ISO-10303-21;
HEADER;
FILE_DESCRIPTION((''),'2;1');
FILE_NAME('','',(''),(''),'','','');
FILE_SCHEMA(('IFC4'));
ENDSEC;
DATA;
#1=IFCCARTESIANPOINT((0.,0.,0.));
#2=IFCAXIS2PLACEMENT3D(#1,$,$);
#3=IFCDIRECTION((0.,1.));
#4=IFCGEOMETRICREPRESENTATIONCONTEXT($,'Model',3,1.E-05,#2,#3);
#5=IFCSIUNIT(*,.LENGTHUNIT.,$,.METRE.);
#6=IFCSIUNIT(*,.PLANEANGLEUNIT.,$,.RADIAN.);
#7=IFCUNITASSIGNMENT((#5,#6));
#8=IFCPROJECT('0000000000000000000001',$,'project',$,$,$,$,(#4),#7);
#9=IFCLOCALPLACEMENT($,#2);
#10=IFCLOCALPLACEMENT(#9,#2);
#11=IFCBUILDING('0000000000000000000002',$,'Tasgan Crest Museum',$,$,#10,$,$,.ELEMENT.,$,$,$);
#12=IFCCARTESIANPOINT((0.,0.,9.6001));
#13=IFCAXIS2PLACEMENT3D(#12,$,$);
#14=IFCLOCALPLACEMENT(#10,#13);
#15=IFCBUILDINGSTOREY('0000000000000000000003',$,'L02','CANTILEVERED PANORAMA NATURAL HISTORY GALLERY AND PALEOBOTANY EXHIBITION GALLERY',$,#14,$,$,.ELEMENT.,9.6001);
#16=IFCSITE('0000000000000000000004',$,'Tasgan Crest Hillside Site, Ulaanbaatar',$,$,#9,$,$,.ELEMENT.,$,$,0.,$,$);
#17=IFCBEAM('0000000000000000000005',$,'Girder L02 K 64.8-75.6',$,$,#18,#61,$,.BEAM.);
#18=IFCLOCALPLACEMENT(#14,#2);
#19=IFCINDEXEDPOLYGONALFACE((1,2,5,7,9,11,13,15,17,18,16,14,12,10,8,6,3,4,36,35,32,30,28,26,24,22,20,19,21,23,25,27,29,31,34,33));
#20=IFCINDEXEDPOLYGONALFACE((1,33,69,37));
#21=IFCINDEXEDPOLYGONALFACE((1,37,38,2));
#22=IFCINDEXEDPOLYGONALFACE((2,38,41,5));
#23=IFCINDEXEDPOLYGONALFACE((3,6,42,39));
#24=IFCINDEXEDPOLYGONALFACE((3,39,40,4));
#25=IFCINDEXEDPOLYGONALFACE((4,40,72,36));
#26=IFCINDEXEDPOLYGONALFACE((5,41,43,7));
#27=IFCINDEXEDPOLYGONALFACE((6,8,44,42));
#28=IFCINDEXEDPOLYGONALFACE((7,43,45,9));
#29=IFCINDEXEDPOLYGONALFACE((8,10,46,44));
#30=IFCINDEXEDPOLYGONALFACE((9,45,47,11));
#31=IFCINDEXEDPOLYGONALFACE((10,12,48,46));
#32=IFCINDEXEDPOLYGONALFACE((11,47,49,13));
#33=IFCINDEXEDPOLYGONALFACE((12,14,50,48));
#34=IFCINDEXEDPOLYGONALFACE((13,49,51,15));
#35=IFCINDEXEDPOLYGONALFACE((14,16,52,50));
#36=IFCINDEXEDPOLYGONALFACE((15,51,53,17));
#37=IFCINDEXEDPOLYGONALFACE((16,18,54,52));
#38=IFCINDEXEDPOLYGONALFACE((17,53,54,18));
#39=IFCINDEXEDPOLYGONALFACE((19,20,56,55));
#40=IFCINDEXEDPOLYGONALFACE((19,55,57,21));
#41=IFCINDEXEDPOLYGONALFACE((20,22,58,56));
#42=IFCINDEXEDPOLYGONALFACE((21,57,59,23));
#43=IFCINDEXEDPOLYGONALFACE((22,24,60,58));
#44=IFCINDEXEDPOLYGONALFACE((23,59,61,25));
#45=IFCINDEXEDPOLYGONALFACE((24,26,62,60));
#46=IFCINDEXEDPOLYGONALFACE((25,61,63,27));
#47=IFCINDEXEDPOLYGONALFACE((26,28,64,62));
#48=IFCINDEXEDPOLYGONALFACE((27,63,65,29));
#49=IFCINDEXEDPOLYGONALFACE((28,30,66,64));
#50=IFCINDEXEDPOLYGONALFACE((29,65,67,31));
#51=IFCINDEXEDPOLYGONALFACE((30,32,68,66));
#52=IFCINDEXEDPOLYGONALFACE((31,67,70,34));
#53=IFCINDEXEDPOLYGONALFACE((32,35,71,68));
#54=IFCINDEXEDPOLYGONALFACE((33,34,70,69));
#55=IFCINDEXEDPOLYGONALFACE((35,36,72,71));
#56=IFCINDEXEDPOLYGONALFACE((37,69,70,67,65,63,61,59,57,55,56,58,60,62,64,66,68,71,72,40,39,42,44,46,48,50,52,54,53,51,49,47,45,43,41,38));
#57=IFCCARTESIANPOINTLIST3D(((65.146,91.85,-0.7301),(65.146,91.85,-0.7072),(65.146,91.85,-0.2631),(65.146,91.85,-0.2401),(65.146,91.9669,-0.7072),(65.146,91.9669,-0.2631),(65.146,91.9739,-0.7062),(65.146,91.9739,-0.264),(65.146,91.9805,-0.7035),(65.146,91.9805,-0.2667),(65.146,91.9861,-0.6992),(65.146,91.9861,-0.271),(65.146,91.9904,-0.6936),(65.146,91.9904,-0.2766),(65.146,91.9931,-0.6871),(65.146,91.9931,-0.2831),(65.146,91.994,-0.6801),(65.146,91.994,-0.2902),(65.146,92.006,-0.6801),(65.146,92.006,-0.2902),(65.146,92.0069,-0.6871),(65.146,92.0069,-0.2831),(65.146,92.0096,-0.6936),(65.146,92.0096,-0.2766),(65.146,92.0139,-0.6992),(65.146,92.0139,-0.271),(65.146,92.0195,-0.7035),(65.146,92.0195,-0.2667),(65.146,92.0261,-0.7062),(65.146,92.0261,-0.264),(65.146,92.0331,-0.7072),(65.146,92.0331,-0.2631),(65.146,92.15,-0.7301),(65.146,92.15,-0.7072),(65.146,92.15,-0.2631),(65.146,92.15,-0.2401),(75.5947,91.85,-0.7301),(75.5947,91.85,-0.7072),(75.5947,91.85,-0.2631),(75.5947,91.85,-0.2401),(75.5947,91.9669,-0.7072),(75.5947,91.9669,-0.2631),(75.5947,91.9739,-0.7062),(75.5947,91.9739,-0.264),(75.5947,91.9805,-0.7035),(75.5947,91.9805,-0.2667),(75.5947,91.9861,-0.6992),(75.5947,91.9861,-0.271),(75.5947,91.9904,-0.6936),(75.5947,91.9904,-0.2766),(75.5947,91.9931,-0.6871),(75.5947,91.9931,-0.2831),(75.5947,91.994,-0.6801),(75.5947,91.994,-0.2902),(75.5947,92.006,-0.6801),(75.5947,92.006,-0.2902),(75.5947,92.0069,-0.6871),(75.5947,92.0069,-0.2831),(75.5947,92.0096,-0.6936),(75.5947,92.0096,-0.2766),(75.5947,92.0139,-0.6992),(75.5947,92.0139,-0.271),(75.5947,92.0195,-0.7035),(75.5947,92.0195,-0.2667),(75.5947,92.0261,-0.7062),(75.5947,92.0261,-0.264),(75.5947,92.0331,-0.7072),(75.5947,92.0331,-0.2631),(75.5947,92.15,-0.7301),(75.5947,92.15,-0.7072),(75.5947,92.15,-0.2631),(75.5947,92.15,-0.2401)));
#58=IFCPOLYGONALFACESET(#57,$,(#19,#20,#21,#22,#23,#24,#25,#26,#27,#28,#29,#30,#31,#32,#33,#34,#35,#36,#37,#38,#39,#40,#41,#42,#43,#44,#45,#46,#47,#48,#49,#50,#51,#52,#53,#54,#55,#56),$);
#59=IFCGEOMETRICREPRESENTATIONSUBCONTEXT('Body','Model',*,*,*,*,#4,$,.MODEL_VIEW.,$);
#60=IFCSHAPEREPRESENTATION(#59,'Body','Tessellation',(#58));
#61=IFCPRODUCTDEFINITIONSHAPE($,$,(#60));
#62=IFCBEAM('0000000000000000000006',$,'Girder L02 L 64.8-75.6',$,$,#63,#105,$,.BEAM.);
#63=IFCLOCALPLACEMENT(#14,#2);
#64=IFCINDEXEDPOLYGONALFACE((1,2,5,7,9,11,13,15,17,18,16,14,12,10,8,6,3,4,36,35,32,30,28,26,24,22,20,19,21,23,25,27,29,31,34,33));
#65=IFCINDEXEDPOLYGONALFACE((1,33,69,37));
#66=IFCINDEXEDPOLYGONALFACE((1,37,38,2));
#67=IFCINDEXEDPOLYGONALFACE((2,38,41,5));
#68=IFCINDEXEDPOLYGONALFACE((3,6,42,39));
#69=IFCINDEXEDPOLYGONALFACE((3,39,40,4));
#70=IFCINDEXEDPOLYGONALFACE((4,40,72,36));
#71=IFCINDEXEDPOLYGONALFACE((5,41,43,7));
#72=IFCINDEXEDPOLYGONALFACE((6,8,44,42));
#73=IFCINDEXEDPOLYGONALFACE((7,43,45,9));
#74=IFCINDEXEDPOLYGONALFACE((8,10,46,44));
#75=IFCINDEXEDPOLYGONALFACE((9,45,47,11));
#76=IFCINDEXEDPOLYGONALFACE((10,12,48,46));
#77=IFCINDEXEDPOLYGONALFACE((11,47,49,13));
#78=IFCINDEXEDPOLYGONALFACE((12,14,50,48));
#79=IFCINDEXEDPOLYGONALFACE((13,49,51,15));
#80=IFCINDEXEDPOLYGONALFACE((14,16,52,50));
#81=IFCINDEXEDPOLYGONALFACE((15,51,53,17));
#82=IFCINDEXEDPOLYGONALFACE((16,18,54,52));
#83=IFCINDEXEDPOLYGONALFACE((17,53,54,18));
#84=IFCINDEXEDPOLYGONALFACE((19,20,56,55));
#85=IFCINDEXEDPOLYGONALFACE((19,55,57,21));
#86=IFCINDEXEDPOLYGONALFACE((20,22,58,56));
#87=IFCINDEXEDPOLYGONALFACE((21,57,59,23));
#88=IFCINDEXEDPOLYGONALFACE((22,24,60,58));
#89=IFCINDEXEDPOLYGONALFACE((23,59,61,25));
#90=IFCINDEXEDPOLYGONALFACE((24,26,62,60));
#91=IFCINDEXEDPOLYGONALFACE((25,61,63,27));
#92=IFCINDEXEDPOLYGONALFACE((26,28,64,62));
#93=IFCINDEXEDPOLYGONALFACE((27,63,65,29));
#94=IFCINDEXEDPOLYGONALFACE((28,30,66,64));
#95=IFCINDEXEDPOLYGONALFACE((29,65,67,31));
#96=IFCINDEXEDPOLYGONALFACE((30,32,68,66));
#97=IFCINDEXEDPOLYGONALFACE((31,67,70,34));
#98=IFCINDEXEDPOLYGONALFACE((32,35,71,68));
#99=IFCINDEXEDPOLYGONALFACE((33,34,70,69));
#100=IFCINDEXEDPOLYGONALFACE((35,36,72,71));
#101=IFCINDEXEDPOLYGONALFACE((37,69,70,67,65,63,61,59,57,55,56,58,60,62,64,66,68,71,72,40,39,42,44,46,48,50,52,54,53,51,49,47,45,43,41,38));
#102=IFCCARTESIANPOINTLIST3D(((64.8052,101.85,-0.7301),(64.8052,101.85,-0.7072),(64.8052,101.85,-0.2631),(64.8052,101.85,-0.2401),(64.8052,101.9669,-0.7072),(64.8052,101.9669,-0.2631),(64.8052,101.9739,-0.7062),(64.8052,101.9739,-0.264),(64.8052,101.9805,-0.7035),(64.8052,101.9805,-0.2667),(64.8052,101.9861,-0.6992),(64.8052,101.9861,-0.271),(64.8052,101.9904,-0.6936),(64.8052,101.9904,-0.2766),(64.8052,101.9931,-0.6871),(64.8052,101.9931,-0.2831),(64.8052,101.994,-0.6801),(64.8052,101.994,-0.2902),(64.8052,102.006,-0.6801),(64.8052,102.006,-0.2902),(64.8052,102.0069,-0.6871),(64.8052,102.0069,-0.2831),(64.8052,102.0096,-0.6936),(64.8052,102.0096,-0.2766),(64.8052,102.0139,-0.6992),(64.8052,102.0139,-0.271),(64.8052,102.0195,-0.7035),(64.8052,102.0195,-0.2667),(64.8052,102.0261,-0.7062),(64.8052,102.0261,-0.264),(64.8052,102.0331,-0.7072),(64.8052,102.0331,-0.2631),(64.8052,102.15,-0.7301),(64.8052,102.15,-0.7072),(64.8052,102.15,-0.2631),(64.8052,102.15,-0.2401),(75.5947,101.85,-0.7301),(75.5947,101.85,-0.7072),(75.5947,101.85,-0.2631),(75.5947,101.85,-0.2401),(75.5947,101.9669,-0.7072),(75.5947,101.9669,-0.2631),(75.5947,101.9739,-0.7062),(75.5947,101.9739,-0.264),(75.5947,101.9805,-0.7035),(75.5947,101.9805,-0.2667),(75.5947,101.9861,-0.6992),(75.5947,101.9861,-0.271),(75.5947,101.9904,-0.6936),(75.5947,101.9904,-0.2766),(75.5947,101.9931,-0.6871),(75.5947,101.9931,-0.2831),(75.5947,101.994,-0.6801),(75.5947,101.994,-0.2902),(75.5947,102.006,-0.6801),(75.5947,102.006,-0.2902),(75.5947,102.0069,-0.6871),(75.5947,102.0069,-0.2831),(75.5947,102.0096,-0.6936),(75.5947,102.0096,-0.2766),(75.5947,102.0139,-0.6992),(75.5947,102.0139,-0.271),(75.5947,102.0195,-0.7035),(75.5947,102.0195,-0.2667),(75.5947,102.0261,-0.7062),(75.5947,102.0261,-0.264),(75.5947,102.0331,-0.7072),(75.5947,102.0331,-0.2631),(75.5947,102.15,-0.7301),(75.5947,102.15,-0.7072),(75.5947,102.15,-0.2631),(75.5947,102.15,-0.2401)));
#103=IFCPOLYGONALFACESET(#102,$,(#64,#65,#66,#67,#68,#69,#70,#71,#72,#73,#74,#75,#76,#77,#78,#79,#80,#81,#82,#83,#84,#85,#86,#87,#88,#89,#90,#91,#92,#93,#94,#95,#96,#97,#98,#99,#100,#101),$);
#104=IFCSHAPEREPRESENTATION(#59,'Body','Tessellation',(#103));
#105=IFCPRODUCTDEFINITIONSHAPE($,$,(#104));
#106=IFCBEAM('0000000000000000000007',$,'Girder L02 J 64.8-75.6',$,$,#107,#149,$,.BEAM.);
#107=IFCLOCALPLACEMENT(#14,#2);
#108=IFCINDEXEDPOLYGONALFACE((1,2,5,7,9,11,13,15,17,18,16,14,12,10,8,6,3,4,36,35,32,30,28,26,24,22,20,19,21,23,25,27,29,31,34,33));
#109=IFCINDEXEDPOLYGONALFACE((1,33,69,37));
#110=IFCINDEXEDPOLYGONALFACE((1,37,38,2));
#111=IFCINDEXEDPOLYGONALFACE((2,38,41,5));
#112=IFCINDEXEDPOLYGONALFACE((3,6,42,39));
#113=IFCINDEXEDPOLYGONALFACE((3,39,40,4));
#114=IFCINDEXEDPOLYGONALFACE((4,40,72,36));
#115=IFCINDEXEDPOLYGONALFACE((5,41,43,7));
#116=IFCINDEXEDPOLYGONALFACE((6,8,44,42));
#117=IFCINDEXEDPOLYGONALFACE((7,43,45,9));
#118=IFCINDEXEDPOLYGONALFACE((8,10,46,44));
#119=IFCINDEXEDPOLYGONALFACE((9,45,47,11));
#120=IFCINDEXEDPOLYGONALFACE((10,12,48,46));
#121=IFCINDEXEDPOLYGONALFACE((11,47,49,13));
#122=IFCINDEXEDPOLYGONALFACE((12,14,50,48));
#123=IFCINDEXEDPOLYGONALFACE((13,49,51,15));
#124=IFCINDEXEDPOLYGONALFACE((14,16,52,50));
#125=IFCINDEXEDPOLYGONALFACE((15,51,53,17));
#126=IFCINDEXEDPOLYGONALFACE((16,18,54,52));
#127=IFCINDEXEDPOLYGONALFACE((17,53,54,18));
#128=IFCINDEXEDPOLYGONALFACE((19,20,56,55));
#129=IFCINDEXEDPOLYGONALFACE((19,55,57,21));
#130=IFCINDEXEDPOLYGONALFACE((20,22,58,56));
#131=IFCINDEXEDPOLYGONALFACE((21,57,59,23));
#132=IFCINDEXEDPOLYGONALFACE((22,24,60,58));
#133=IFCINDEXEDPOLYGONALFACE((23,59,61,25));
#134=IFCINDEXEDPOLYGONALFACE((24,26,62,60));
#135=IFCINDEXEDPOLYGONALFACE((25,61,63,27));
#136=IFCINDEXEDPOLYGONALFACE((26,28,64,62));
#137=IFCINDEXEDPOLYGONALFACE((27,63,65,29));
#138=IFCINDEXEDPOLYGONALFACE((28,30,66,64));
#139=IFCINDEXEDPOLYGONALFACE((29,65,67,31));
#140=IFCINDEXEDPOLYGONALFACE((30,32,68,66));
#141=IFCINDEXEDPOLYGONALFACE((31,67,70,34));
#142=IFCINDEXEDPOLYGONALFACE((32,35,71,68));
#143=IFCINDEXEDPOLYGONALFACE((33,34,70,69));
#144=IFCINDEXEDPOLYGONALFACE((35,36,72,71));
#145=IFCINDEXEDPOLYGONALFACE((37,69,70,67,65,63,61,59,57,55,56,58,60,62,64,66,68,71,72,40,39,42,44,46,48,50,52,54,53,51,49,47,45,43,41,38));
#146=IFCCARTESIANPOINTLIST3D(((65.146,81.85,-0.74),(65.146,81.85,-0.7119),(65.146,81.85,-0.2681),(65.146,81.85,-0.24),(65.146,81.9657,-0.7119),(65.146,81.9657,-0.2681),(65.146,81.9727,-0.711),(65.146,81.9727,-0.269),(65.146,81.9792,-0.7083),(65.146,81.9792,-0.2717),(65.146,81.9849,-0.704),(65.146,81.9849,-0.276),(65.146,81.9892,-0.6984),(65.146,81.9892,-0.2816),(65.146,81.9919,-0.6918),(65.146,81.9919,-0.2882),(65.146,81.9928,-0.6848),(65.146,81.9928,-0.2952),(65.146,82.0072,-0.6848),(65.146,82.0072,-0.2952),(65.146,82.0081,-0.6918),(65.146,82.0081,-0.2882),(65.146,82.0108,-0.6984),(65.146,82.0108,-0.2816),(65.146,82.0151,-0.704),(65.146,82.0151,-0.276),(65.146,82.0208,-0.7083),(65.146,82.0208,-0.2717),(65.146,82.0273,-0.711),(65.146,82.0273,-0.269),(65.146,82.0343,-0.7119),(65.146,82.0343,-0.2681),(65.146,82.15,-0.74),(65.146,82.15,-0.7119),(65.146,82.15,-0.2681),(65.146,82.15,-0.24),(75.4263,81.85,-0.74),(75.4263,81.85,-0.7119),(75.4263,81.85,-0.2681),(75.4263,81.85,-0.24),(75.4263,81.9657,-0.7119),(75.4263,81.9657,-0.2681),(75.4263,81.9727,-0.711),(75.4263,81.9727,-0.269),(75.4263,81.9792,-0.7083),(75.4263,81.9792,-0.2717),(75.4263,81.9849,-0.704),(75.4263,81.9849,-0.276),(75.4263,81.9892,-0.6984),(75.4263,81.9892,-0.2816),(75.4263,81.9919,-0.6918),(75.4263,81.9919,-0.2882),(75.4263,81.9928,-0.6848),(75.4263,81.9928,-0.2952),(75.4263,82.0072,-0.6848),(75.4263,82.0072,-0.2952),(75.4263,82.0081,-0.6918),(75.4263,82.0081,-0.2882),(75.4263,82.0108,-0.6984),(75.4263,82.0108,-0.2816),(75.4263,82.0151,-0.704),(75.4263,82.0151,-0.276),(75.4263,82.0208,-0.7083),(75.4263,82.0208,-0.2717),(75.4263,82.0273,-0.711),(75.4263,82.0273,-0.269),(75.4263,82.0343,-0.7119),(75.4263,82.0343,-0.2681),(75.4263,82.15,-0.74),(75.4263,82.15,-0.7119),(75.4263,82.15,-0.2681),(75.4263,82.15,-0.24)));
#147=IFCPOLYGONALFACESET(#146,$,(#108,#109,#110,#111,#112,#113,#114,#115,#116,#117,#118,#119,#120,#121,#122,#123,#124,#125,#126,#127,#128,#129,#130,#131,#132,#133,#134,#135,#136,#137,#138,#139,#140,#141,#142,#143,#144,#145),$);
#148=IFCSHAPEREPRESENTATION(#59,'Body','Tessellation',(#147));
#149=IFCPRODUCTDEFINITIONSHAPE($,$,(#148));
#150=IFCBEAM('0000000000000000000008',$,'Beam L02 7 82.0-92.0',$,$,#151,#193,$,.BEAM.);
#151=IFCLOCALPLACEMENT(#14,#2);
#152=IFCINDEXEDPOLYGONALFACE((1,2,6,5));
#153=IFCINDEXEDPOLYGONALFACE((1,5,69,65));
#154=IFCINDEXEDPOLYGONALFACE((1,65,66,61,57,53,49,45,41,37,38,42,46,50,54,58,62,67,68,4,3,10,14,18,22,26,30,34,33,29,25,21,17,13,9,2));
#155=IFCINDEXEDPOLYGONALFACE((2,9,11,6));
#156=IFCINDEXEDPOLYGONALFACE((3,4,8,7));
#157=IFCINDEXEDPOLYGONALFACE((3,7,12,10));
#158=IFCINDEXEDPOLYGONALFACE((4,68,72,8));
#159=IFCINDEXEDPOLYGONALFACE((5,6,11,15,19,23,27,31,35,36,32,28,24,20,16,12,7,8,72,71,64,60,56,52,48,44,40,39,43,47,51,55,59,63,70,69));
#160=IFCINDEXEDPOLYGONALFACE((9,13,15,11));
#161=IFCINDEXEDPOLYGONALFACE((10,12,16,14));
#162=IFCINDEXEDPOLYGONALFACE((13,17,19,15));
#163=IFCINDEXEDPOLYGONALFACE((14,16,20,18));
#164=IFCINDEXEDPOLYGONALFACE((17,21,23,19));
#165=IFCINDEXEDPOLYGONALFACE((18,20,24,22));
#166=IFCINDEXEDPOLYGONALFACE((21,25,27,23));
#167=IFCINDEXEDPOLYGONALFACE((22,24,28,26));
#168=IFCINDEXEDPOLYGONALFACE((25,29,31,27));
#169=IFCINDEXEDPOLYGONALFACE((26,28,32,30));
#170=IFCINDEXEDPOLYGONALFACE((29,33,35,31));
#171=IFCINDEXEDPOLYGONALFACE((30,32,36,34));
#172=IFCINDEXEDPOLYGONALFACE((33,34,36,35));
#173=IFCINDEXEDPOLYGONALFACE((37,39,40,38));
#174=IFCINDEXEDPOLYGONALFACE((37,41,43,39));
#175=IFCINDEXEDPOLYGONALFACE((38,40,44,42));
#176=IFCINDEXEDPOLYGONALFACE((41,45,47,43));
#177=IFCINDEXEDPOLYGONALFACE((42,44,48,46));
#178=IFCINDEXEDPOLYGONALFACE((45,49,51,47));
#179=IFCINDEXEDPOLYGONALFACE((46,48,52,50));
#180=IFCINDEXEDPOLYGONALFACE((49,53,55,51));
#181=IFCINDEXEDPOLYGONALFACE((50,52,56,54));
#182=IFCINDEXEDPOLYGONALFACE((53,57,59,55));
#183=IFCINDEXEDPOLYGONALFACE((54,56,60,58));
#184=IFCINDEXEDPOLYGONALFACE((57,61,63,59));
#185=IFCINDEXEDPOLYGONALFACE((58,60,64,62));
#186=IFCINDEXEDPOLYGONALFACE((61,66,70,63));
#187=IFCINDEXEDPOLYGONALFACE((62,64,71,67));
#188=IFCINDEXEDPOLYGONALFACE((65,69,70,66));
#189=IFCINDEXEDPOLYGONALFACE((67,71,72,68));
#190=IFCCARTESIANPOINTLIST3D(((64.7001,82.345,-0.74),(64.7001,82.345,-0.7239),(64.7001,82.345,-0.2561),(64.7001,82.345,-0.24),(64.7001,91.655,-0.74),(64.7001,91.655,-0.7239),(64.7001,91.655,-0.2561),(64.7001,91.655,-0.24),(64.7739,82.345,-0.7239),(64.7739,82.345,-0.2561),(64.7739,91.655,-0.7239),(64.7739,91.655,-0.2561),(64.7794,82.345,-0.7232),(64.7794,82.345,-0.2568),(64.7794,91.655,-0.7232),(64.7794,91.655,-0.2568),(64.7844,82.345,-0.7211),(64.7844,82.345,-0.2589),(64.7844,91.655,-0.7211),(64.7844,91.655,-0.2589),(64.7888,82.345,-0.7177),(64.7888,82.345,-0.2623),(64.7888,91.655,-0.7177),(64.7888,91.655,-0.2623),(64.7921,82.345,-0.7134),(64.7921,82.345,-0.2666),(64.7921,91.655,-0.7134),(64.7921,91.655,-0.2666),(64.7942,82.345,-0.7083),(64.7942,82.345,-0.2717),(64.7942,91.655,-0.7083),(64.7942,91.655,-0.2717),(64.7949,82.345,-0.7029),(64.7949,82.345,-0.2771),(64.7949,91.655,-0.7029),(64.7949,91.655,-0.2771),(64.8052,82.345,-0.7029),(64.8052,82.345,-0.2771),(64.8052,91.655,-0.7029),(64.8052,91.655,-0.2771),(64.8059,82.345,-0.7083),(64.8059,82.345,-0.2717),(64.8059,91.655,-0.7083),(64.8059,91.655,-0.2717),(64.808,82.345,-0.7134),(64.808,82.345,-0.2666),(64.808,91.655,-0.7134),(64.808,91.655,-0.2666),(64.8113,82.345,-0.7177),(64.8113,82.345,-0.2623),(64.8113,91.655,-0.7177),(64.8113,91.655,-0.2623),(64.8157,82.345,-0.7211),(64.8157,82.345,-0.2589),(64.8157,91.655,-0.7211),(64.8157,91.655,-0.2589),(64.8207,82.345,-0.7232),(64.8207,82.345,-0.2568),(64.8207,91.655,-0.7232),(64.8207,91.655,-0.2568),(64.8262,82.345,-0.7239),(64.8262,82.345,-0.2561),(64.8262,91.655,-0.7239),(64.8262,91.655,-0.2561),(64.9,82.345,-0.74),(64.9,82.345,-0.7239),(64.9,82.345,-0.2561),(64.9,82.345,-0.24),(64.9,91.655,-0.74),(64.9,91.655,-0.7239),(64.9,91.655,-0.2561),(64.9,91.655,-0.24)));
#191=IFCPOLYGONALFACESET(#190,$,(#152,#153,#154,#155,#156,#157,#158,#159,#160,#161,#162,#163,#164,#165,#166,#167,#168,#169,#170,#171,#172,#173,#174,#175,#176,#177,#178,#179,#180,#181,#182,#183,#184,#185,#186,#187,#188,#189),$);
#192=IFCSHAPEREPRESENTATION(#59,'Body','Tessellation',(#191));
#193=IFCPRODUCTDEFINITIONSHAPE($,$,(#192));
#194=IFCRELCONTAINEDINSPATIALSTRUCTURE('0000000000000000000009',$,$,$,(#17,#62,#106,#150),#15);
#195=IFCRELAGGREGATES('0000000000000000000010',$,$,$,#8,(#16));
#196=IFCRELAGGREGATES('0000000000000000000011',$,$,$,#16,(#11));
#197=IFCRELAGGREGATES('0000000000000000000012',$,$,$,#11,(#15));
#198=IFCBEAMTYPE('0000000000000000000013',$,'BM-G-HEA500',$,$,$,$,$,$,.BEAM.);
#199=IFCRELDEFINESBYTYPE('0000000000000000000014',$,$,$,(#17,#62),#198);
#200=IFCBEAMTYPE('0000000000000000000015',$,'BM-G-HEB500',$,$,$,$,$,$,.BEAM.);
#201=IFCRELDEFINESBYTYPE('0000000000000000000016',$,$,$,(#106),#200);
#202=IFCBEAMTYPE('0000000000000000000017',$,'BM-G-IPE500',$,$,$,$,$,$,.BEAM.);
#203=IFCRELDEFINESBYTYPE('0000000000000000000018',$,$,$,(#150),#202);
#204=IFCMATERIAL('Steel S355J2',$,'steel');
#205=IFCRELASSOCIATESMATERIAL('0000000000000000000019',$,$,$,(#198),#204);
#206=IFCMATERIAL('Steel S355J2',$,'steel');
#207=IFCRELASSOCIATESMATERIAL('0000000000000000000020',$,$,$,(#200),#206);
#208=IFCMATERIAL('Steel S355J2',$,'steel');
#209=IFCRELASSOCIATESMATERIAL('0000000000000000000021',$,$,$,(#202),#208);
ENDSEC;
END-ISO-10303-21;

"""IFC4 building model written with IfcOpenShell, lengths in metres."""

from ifc_helpers import new_model, si_unit, direction, frame, origin, origin_2d, place, context, subcontext, project, spatial, i_section, extrude, material, material_profile, profile_set, type_object, element, save


model = new_model("IFC4")

# Units and contexts
model_context = context("Model", 3, precision=1e-05, world=origin(), true_north=direction((0.0, 1.0)))
body_context = subcontext(model_context, "Body", "Model", "MODEL_VIEW")
ifc_project = project(units=[si_unit("LENGTHUNIT", "METRE"), si_unit("PLANEANGLEUNIT", "RADIAN")], contexts=[model_context])

# Site, building, storey
site_placement = place(None, origin())
site = spatial("IfcSite", under=ifc_project, at=site_placement, Name="Tasgan Crest Hillside Site, Ulaanbaatar", CompositionType="ELEMENT", RefElevation=0.0)
building_placement = place(site_placement, origin())
building = spatial("IfcBuilding", under=site, at=building_placement, Name="Tasgan Crest Museum", CompositionType="ELEMENT")
storey_placement = place(building_placement, frame((0.0, 0.0, 9.6001)))
storey = spatial("IfcBuildingStorey", under=building, at=storey_placement, Name="L02", Description="CANTILEVERED PANORAMA NATURAL HISTORY GALLERY AND PALEOBOTANY EXHIBITION GALLERY", CompositionType="ELEMENT", Elevation=9.6001)

# Beams
ifc_material_1 = material(Name="Steel S355J2", Category="steel")
ifc_material_profile_1 = material_profile(ifc_material_1, i_section(OverallWidth=0.3, OverallDepth=0.49, WebThickness=0.012, FlangeThickness=0.0229, FilletRadius=0.0271, at=origin_2d()), Name="HEA 500")
ifc_profile_set_1 = profile_set([ifc_material_profile_1], Name="Steel S355J2")
beam_type_1 = type_object("IfcBeamType", Name="BM-G-HEA500", PredefinedType="BEAM", material=ifc_profile_set_1)
beam_1_placement = place(storey_placement, frame((65.146, 92.0, -0.4851), z_axis=(1.0, 0.0, 0.0), x_axis=(0.0, 1.0, 0.0)))
element("IfcBeam", 1, at=beam_1_placement, inside=storey, type_object=beam_type_1, Name="Girder L02 K 64.8-75.6", PredefinedType="BEAM", context=body_context, shape_type="SweptSolid", body=[
    extrude(i_section(OverallWidth=0.3, OverallDepth=0.49, WebThickness=0.012, FlangeThickness=0.0229, FilletRadius=0.0271, at=origin_2d()), origin(), (0.0, 0.0, 1.0), 10.4487),
])
beam_2_placement = place(storey_placement, frame((64.8052, 102.0, -0.4851), z_axis=(1.0, 0.0, 0.0), x_axis=(0.0, 1.0, 0.0)))
element("IfcBeam", 2, at=beam_2_placement, inside=storey, type_object=beam_type_1, Name="Girder L02 L 64.8-75.6", PredefinedType="BEAM", context=body_context, shape_type="SweptSolid", body=[
    extrude(i_section(OverallWidth=0.3, OverallDepth=0.49, WebThickness=0.012, FlangeThickness=0.0229, FilletRadius=0.0271, at=origin_2d()), origin(), (0.0, 0.0, 1.0), 10.7896),
])
ifc_material_2 = material(Name="Steel S355J2", Category="steel")
ifc_material_profile_2 = material_profile(ifc_material_2, i_section(OverallWidth=0.3, OverallDepth=0.5, WebThickness=0.0144, FlangeThickness=0.0281, FilletRadius=0.0271, at=origin_2d()), Name="HEB 500")
ifc_profile_set_2 = profile_set([ifc_material_profile_2], Name="Steel S355J2")
beam_type_2 = type_object("IfcBeamType", Name="BM-G-HEB500", PredefinedType="BEAM", material=ifc_profile_set_2)
beam_3_placement = place(storey_placement, frame((65.146, 82.0, -0.49), z_axis=(1.0, 0.0, 0.0), x_axis=(0.0, 1.0, 0.0)))
element("IfcBeam", 3, at=beam_3_placement, inside=storey, type_object=beam_type_2, Name="Girder L02 J 64.8-75.6", PredefinedType="BEAM", context=body_context, shape_type="SweptSolid", body=[
    extrude(i_section(OverallWidth=0.3, OverallDepth=0.5, WebThickness=0.0144, FlangeThickness=0.0281, FilletRadius=0.0271, at=origin_2d()), origin(), (0.0, 0.0, 1.0), 10.2803),
])
ifc_material_3 = material(Name="Steel S355J2", Category="steel")
ifc_material_profile_3 = material_profile(ifc_material_3, i_section(OverallWidth=0.2, OverallDepth=0.5, WebThickness=0.0103, FlangeThickness=0.0161, FilletRadius=0.021, at=origin_2d()), Name="IPE 500")
ifc_profile_set_3 = profile_set([ifc_material_profile_3], Name="Steel S355J2")
beam_type_3 = type_object("IfcBeamType", Name="BM-G-IPE500", PredefinedType="BEAM", material=ifc_profile_set_3)
beam_4_placement = place(storey_placement, frame((64.8, 82.345, -0.49), z_axis=(0.0, 1.0, 0.0), x_axis=(-1.0, 0.0, 0.0)))
element("IfcBeam", 4, at=beam_4_placement, inside=storey, type_object=beam_type_3, Name="Beam L02 7 82.0-92.0", PredefinedType="BEAM", context=body_context, shape_type="SweptSolid", body=[
    extrude(i_section(OverallWidth=0.2, OverallDepth=0.5, WebThickness=0.0103, FlangeThickness=0.0161, FilletRadius=0.021, at=origin_2d()), origin(), (0.0, 0.0, 1.0), 9.3101),
])

save(model, "model.ifc")
